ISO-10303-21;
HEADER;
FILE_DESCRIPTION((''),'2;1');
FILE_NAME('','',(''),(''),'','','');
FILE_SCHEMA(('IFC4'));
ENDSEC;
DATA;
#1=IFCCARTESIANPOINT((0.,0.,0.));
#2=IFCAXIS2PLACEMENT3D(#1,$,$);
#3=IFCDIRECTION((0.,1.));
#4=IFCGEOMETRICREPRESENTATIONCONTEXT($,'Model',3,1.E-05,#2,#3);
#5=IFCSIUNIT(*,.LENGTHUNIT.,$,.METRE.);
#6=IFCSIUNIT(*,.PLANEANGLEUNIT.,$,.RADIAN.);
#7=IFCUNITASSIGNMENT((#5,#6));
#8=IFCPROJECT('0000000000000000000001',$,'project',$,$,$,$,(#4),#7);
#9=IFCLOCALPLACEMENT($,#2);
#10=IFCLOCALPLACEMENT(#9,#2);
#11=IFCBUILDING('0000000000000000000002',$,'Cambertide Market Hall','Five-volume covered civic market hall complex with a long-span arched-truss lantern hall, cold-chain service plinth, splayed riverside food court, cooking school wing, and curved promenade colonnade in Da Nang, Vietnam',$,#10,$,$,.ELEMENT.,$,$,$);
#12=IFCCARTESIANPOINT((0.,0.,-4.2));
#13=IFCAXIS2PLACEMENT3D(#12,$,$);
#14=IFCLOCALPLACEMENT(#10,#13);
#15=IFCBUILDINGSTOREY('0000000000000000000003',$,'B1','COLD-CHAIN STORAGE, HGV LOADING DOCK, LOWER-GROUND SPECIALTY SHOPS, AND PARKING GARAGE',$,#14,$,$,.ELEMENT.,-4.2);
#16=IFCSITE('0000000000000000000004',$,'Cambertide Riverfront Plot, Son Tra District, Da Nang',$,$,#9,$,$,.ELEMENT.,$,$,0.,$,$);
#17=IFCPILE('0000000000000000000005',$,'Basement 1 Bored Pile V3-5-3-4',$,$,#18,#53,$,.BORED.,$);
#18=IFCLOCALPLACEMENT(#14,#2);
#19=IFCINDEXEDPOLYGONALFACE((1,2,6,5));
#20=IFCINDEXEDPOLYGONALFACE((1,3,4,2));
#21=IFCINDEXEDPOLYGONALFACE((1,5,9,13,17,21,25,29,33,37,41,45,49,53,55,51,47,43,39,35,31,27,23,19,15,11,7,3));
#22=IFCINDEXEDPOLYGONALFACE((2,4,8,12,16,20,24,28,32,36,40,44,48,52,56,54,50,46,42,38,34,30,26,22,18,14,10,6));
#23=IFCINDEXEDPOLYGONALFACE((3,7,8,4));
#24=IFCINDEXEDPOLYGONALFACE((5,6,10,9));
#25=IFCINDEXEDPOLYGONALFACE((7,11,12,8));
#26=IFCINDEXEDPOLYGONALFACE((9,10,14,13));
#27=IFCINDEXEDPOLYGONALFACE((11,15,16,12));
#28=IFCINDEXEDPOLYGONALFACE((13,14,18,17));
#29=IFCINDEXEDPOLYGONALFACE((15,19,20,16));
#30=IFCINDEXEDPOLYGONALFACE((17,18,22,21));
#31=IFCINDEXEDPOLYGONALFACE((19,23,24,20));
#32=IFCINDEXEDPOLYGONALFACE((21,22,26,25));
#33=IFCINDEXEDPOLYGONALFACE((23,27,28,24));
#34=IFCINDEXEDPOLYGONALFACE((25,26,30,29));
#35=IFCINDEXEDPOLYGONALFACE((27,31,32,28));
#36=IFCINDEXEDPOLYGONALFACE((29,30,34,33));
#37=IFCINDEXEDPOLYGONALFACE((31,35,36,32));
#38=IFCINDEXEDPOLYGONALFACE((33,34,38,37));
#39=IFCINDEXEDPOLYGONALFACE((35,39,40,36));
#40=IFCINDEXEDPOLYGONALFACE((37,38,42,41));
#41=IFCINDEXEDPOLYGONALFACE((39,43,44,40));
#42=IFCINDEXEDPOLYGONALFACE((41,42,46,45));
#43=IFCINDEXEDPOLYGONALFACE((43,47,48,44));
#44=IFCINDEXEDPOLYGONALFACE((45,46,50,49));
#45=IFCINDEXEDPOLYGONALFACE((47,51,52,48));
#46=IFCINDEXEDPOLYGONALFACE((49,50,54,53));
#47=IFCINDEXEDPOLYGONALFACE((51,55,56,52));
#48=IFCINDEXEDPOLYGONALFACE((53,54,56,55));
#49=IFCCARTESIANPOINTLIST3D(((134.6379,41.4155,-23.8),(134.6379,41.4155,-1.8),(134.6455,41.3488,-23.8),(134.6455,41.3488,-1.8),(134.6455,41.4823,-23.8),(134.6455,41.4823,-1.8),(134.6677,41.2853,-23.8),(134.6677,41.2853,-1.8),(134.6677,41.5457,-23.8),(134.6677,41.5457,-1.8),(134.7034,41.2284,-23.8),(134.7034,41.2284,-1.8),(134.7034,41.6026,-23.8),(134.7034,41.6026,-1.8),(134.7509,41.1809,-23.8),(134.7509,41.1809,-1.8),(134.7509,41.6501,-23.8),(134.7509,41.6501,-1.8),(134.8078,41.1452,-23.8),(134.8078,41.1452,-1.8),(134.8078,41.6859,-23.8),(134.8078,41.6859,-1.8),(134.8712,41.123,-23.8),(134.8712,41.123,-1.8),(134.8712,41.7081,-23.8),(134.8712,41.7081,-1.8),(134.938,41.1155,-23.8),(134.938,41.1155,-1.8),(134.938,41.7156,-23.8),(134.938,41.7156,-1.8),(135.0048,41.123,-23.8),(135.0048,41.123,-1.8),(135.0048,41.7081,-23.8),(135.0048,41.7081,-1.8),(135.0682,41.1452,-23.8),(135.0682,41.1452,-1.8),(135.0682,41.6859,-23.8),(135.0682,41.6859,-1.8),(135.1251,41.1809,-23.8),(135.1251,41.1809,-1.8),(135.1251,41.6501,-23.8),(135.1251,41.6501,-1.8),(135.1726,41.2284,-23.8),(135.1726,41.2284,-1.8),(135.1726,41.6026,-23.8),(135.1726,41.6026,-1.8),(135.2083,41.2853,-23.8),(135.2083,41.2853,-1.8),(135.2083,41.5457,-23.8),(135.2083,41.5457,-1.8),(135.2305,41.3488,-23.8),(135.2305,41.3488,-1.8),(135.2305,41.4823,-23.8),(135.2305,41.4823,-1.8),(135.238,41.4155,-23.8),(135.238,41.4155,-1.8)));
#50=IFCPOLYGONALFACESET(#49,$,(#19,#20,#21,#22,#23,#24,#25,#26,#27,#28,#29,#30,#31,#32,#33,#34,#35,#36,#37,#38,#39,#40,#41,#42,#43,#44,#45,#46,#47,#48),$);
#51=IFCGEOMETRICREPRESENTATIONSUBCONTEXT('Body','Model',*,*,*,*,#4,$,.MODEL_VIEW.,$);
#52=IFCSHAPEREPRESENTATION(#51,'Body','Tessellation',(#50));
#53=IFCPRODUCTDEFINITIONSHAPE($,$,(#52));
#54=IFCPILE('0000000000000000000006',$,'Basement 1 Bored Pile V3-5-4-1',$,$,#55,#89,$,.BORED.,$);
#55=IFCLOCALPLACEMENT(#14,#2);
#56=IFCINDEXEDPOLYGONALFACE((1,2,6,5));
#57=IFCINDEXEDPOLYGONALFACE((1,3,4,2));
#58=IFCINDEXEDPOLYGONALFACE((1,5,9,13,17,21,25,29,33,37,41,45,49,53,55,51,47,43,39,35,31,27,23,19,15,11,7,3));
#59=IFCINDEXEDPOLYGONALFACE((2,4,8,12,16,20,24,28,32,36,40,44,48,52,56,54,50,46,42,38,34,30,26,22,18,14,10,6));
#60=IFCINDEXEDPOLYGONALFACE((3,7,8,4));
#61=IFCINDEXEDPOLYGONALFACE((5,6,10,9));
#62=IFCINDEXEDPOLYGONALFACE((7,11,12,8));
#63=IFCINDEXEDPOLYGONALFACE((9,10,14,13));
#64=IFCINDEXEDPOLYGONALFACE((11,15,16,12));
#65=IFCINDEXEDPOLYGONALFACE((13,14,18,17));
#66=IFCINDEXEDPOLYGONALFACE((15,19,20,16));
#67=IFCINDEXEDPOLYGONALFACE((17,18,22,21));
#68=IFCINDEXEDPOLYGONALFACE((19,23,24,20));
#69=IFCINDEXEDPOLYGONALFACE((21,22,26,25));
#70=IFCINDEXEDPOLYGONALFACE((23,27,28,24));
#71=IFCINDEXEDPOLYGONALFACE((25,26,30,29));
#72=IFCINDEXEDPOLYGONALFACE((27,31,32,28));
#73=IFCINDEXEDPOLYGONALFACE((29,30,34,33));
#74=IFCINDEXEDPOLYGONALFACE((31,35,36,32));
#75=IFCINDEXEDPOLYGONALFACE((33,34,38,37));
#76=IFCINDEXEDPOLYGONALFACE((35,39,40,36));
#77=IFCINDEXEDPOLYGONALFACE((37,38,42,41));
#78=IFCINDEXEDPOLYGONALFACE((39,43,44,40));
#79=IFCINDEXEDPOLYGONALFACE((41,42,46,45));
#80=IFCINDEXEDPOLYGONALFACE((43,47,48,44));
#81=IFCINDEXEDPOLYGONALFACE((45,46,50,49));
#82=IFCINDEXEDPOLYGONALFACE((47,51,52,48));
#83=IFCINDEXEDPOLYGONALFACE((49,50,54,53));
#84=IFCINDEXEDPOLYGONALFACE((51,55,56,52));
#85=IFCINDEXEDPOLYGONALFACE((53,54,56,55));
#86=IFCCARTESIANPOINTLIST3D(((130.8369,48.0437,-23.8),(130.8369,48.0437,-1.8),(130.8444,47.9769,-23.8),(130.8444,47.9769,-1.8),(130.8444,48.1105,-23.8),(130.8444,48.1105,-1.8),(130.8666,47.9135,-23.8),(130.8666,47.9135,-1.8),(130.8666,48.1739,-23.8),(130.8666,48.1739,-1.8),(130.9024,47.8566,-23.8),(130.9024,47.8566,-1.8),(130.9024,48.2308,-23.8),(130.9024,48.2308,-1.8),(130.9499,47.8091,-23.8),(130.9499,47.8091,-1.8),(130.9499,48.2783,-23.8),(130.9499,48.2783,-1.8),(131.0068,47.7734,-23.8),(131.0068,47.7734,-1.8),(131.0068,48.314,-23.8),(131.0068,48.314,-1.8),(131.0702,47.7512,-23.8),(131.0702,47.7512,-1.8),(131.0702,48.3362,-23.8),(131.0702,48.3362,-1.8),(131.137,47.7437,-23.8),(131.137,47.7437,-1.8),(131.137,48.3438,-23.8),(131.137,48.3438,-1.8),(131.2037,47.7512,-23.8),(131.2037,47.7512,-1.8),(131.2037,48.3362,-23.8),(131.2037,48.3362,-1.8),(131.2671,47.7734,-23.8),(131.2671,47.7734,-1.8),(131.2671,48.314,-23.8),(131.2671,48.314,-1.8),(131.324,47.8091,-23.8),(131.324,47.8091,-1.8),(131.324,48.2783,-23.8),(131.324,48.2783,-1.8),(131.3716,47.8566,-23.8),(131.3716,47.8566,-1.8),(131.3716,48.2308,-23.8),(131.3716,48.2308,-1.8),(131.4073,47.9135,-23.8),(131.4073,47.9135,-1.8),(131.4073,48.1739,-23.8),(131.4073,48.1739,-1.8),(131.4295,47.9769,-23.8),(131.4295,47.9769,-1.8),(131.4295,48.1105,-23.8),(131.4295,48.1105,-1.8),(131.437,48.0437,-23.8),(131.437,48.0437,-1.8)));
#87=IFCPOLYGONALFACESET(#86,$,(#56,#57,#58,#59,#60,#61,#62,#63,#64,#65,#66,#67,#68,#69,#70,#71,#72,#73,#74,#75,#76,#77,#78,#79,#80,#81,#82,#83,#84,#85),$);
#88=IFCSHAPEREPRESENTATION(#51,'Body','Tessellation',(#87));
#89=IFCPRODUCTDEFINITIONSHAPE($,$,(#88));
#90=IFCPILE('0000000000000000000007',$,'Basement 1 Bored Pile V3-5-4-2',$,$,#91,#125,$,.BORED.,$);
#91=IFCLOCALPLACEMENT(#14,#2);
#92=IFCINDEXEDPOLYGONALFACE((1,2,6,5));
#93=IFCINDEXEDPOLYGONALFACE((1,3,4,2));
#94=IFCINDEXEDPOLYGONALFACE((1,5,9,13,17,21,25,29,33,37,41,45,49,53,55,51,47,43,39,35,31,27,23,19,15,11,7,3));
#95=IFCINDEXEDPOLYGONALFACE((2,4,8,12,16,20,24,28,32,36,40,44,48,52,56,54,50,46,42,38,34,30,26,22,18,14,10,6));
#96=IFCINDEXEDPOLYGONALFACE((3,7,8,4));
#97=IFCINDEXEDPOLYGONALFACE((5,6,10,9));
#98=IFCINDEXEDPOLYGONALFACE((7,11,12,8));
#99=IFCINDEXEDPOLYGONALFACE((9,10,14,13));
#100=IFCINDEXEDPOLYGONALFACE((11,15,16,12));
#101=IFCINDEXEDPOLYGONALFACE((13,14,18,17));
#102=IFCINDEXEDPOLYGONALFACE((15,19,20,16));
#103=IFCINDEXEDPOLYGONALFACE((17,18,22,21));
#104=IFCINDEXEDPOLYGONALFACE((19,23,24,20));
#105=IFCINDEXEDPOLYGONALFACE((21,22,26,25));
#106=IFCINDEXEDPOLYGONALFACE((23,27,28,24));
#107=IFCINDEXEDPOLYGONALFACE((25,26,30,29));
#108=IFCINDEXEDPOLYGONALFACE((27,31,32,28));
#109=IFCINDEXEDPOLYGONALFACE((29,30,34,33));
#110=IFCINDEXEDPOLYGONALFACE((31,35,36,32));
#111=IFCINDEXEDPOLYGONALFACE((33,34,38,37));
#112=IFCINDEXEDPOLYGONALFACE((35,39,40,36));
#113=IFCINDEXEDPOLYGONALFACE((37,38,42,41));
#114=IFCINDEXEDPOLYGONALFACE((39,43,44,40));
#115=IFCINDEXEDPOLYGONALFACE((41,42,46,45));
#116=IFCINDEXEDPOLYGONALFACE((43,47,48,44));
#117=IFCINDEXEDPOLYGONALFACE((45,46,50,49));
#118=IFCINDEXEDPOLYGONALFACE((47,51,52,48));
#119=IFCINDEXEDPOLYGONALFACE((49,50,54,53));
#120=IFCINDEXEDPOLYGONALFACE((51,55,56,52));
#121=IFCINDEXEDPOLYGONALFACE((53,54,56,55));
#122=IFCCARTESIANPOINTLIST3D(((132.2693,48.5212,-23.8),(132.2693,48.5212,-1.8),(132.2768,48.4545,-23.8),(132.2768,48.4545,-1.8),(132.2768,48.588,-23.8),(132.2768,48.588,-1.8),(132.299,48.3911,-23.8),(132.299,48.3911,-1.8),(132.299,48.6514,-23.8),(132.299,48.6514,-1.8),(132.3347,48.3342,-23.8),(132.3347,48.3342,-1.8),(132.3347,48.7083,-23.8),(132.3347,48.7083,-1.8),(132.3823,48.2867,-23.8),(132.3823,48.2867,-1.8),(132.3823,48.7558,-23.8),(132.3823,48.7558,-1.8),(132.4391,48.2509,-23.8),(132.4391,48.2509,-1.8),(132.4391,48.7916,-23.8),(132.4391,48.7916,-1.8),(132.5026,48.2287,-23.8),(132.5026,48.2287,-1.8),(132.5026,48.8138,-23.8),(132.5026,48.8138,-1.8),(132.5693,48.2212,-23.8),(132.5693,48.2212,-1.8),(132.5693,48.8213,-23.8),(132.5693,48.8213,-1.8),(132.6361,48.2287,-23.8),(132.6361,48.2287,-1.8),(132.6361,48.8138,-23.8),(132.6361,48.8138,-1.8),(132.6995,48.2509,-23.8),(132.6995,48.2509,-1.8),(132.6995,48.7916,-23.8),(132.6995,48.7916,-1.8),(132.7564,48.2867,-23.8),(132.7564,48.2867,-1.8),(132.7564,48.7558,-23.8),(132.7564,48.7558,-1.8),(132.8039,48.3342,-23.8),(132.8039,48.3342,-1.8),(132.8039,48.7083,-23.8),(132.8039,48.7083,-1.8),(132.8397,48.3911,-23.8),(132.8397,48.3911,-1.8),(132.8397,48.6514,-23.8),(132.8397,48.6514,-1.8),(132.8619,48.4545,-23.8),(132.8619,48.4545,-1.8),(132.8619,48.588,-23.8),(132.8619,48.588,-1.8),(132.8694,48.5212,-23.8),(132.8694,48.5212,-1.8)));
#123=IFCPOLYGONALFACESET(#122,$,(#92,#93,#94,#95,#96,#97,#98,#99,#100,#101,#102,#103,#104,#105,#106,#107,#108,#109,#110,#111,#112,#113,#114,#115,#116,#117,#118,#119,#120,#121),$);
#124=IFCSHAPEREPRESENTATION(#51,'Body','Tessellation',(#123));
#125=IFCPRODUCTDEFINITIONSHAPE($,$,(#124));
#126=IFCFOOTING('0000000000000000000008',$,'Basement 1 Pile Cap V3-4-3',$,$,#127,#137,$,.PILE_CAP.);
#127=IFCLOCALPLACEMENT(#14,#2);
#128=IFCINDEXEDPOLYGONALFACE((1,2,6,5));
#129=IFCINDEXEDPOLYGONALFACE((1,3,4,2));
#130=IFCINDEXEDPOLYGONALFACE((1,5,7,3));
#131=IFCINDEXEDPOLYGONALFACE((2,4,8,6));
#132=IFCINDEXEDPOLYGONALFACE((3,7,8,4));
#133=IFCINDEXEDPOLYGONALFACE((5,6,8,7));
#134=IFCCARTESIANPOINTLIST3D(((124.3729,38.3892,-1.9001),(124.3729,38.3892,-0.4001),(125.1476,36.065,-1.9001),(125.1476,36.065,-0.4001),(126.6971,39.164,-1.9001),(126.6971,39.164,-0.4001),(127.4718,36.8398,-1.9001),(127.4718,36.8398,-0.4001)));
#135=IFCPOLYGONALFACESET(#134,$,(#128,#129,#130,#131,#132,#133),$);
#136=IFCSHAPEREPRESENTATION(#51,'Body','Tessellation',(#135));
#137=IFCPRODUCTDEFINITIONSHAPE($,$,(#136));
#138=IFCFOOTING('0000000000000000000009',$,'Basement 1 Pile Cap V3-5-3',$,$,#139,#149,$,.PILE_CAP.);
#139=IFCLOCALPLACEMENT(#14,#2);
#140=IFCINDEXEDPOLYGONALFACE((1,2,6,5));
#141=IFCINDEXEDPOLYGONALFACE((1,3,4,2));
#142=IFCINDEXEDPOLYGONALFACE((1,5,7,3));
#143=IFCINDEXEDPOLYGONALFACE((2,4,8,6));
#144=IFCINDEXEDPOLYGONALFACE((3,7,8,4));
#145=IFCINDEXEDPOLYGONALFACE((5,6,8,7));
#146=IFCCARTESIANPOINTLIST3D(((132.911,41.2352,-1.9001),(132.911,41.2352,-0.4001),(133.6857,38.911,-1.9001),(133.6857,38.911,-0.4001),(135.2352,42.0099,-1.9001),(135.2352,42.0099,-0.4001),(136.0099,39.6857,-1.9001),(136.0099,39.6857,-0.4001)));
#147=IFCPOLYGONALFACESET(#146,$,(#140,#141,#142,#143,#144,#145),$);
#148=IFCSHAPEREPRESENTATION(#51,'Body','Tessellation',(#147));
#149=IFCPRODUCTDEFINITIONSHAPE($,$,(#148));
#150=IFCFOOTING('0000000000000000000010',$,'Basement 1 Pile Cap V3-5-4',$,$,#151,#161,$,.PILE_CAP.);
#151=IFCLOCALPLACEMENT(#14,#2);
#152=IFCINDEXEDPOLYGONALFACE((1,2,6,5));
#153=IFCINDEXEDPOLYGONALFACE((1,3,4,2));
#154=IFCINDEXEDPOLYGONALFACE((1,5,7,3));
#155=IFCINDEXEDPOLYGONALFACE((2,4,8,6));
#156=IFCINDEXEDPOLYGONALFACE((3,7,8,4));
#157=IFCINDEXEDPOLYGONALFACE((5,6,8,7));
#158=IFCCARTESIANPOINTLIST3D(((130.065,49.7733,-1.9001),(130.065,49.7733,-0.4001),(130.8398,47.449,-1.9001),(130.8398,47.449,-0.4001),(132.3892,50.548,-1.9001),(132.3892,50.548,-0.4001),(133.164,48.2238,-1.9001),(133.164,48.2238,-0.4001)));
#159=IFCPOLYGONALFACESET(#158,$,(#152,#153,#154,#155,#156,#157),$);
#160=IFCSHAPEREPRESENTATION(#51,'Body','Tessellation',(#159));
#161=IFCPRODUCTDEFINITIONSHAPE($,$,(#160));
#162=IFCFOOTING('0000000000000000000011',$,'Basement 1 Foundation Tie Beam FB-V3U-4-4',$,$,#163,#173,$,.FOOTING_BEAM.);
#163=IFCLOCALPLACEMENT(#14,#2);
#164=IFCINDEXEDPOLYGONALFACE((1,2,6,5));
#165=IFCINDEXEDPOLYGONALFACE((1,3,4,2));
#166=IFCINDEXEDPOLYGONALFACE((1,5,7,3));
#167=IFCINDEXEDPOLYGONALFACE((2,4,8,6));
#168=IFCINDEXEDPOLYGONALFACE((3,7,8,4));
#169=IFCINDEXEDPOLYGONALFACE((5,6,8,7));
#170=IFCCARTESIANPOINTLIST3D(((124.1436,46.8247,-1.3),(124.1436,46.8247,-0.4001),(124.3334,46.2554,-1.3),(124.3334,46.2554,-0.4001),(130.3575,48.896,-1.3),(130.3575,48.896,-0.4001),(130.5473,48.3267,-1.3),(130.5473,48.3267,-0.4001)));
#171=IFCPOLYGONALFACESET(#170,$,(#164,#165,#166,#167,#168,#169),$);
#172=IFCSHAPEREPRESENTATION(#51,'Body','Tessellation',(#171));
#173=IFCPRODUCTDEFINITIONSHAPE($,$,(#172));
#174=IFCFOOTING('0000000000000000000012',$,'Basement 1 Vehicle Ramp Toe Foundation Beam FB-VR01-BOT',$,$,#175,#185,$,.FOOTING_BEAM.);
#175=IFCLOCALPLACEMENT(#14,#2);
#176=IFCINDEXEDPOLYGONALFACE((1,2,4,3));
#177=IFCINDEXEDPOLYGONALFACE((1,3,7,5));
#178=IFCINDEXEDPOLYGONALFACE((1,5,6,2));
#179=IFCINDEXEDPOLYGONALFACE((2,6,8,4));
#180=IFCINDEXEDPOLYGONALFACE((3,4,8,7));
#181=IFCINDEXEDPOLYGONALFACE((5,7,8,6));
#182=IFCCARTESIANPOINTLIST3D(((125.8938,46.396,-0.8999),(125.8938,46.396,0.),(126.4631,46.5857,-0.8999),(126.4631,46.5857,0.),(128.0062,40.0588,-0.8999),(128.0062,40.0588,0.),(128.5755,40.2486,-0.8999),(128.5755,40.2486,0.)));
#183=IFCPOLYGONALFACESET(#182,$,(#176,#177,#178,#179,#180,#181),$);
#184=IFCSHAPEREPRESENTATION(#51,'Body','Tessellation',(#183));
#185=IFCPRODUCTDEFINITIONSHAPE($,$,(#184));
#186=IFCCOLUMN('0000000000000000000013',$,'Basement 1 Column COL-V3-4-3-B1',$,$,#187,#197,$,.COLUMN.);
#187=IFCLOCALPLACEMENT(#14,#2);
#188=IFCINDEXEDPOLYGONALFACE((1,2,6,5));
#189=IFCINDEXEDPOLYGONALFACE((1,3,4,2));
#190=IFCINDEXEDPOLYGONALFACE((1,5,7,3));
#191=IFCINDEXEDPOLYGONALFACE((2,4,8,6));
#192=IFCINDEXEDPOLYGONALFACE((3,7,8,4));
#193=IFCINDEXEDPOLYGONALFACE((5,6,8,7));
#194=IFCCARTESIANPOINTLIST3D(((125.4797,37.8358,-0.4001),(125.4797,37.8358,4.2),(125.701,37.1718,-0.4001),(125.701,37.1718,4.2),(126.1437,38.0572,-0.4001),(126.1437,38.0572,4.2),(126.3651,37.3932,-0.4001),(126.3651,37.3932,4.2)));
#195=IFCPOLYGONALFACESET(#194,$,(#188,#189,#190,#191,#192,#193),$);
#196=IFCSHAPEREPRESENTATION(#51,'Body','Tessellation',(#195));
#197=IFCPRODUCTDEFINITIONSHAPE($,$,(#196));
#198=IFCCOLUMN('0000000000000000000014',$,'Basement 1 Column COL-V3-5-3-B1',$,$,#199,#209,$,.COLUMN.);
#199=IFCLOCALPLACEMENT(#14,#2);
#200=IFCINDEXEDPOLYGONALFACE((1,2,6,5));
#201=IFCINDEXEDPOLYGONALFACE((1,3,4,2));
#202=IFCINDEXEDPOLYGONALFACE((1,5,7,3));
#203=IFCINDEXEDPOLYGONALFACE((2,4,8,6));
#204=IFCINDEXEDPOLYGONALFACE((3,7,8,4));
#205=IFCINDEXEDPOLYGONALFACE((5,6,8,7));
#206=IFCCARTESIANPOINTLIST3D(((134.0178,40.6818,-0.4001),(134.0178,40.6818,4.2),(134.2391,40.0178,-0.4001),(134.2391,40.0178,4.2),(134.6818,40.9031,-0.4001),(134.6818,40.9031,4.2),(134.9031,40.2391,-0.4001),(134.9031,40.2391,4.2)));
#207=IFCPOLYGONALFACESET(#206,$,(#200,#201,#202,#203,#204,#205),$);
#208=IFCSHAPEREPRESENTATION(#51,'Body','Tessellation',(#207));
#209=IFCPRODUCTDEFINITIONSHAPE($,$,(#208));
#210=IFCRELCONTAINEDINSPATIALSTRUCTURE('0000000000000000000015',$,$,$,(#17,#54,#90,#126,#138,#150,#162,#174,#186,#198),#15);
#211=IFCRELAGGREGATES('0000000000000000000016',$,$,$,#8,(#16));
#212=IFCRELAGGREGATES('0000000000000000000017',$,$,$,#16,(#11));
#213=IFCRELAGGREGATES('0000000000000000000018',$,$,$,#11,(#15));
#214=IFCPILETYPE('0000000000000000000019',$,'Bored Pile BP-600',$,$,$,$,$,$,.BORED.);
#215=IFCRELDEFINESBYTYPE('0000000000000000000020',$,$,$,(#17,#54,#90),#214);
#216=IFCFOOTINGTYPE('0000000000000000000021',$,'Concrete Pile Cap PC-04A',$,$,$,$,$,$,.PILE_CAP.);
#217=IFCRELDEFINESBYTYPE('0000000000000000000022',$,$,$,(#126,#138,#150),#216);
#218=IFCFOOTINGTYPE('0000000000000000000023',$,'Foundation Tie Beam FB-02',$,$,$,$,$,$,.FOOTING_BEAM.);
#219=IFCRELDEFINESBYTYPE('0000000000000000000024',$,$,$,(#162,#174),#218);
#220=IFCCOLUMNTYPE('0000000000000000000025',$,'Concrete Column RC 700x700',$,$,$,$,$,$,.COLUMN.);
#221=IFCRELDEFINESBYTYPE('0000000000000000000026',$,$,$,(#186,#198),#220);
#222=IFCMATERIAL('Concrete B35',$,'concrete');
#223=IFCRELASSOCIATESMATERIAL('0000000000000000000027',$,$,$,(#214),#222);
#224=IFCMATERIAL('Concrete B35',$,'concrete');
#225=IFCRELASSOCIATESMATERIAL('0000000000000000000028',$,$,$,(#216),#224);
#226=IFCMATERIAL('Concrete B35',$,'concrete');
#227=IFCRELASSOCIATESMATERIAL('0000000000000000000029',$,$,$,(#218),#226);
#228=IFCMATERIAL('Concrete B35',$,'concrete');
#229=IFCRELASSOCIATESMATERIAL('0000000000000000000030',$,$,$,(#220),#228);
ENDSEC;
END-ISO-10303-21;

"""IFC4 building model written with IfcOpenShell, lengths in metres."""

from ifc_helpers import new_model, si_unit, direction, frame, origin, origin_2d, place, context, subcontext, project, spatial, rectangle, circle, extrude, material, material_profile, profile_set, type_object, element, save


model = new_model("IFC4")

# Units and contexts
model_context = context("Model", 3, precision=1e-05, world=origin(), true_north=direction((0.0, 1.0)))
body_context = subcontext(model_context, "Body", "Model", "MODEL_VIEW")
ifc_project = project(units=[si_unit("LENGTHUNIT", "METRE"), si_unit("PLANEANGLEUNIT", "RADIAN")], contexts=[model_context])

# Site, building, storey
site_placement = place(None, origin())
site = spatial("IfcSite", under=ifc_project, at=site_placement, Name="Cambertide Riverfront Plot, Son Tra District, Da Nang", CompositionType="ELEMENT", RefElevation=0.0)
building_placement = place(site_placement, origin())
building = spatial("IfcBuilding", under=site, at=building_placement, Name="Cambertide Market Hall", Description="Five-volume covered civic market hall complex with a long-span arched-truss lantern hall, cold-chain service plinth, splayed riverside food court, cooking school wing, and curved promenade colonnade in Da Nang, Vietnam", CompositionType="ELEMENT")
storey_placement = place(building_placement, frame((0.0, 0.0, -4.2)))
storey = spatial("IfcBuildingStorey", under=building, at=storey_placement, Name="B1", Description="COLD-CHAIN STORAGE, HGV LOADING DOCK, LOWER-GROUND SPECIALTY SHOPS, AND PARKING GARAGE", CompositionType="ELEMENT", Elevation=-4.2)

# Piles
ifc_material_1 = material(Name="Concrete B35", Category="concrete")
ifc_material_profile_1 = material_profile(ifc_material_1, circle(Radius=0.3, at=origin_2d()), Name="BP D600")
ifc_profile_set_1 = profile_set([ifc_material_profile_1], Name="Concrete B35")
pile_type = type_object("IfcPileType", Name="Bored Pile BP-600", PredefinedType="BORED", material=ifc_profile_set_1)
for number, where, z_axis, x_axis, name in (
    (1, (134.938, 41.4155, -1.8), (0.0, 0.0, -1.0), (1.0, 0.0, 0.0), "Basement 1 Bored Pile V3-5-3-4"),
    (2, (131.137, 48.0437, -1.8), (0.0, 0.0, -1.0), (1.0, 0.0, 0.0), "Basement 1 Bored Pile V3-5-4-1"),
    (3, (132.5693, 48.5212, -1.8), (0.0, 0.0, -1.0), (1.0, 0.0, 0.0), "Basement 1 Bored Pile V3-5-4-2"),
):
    element("IfcPile", number, at=place(storey_placement, frame(where, z_axis=z_axis, x_axis=x_axis)), inside=storey, type_object=pile_type, Name=name, PredefinedType="BORED", context=body_context, shape_type="SweptSolid", body=[
        extrude(circle(Radius=0.3, at=origin_2d()), origin(), (0.0, 0.0, 1.0), 22.0),
    ])

# Footings
ifc_material_2 = material(Name="Concrete B35", Category="concrete")
footing_type_1 = type_object("IfcFootingType", Name="Concrete Pile Cap PC-04A", PredefinedType="PILE_CAP", material=ifc_material_2)
for number, where, z_axis, x_axis, name in (
    (4, (125.9224, 37.6145, -1.9001), (0.0, 0.0, 1.0), (0.948683, 0.316228, 0.0), "Basement 1 Pile Cap V3-4-3"),
    (5, (134.4604, 40.4604, -1.9001), (0.0, 0.0, 1.0), (0.948683, 0.316228, 0.0), "Basement 1 Pile Cap V3-5-3"),
    (6, (131.6145, 48.9985, -1.9001), (0.0, 0.0, 1.0), (0.948683, 0.316228, 0.0), "Basement 1 Pile Cap V3-5-4"),
):
    element("IfcFooting", number, at=place(storey_placement, frame(where, z_axis=z_axis, x_axis=x_axis)), inside=storey, type_object=footing_type_1, Name=name, PredefinedType="PILE_CAP", context=body_context, shape_type="SweptSolid", body=[
        extrude(rectangle(XDim=2.45, YDim=2.45, at=origin_2d()), origin(), (0.0, 0.0, 1.0), 1.5),
    ])
ifc_material_3 = material(Name="Concrete B35", Category="concrete")
footing_type_2 = type_object("IfcFootingType", Name="Foundation Tie Beam FB-02", PredefinedType="FOOTING_BEAM", material=ifc_material_3)
footing_1_placement = place(storey_placement, frame((127.3455, 47.5757, -1.3), z_axis=(0.0, 0.0, 1.0), x_axis=(0.948683, 0.316228, 0.0)))
element("IfcFooting", 7, at=footing_1_placement, inside=storey, type_object=footing_type_2, Name="Basement 1 Foundation Tie Beam FB-V3U-4-4", PredefinedType="FOOTING_BEAM", context=body_context, shape_type="SweptSolid", body=[
    extrude(rectangle(XDim=6.55, YDim=0.6001, at=origin_2d()), origin(), (0.0, 0.0, 1.0), 0.8999),
])
footing_2_placement = place(storey_placement, frame((127.2346, 43.3223, -0.8999), z_axis=(0.0, 0.0, 1.0), x_axis=(-0.316228, 0.948683, 0.0)))
element("IfcFooting", 8, at=footing_2_placement, inside=storey, type_object=footing_type_2, Name="Basement 1 Vehicle Ramp Toe Foundation Beam FB-VR01-BOT", PredefinedType="FOOTING_BEAM", context=body_context, shape_type="SweptSolid", body=[
    extrude(rectangle(XDim=6.6799, YDim=0.6001, at=origin_2d()), origin(), (0.0, 0.0, 1.0), 0.8999),
])

# Columns
ifc_material_4 = material(Name="Concrete B35", Category="concrete")
ifc_material_profile_2 = material_profile(ifc_material_4, rectangle(XDim=0.7, YDim=0.7, at=origin_2d()), Name="RC 700x700")
ifc_profile_set_2 = profile_set([ifc_material_profile_2], Name="Concrete B35")
column_type_1 = type_object("IfcColumnType", Name="Concrete Column RC 700x700", PredefinedType="COLUMN", material=ifc_profile_set_2)
for number, where, z_axis, x_axis, name in (
    (9, (125.9224, 37.6145, -0.4001), (0.0, 0.0, 1.0), (0.948683, 0.316228, 0.0), "Basement 1 Column COL-V3-4-3-B1"),
    (10, (134.4604, 40.4604, -0.4001), (0.0, 0.0, 1.0), (0.948683, 0.316228, 0.0), "Basement 1 Column COL-V3-5-3-B1"),
):
    element("IfcColumn", number, at=place(storey_placement, frame(where, z_axis=z_axis, x_axis=x_axis)), inside=storey, type_object=column_type_1, Name=name, PredefinedType="COLUMN", context=body_context, shape_type="SweptSolid", body=[
        extrude(rectangle(XDim=0.7, YDim=0.7, at=origin_2d()), origin(), (0.0, 0.0, 1.0), 4.6001),
    ])

save(model, "model.ifc")
